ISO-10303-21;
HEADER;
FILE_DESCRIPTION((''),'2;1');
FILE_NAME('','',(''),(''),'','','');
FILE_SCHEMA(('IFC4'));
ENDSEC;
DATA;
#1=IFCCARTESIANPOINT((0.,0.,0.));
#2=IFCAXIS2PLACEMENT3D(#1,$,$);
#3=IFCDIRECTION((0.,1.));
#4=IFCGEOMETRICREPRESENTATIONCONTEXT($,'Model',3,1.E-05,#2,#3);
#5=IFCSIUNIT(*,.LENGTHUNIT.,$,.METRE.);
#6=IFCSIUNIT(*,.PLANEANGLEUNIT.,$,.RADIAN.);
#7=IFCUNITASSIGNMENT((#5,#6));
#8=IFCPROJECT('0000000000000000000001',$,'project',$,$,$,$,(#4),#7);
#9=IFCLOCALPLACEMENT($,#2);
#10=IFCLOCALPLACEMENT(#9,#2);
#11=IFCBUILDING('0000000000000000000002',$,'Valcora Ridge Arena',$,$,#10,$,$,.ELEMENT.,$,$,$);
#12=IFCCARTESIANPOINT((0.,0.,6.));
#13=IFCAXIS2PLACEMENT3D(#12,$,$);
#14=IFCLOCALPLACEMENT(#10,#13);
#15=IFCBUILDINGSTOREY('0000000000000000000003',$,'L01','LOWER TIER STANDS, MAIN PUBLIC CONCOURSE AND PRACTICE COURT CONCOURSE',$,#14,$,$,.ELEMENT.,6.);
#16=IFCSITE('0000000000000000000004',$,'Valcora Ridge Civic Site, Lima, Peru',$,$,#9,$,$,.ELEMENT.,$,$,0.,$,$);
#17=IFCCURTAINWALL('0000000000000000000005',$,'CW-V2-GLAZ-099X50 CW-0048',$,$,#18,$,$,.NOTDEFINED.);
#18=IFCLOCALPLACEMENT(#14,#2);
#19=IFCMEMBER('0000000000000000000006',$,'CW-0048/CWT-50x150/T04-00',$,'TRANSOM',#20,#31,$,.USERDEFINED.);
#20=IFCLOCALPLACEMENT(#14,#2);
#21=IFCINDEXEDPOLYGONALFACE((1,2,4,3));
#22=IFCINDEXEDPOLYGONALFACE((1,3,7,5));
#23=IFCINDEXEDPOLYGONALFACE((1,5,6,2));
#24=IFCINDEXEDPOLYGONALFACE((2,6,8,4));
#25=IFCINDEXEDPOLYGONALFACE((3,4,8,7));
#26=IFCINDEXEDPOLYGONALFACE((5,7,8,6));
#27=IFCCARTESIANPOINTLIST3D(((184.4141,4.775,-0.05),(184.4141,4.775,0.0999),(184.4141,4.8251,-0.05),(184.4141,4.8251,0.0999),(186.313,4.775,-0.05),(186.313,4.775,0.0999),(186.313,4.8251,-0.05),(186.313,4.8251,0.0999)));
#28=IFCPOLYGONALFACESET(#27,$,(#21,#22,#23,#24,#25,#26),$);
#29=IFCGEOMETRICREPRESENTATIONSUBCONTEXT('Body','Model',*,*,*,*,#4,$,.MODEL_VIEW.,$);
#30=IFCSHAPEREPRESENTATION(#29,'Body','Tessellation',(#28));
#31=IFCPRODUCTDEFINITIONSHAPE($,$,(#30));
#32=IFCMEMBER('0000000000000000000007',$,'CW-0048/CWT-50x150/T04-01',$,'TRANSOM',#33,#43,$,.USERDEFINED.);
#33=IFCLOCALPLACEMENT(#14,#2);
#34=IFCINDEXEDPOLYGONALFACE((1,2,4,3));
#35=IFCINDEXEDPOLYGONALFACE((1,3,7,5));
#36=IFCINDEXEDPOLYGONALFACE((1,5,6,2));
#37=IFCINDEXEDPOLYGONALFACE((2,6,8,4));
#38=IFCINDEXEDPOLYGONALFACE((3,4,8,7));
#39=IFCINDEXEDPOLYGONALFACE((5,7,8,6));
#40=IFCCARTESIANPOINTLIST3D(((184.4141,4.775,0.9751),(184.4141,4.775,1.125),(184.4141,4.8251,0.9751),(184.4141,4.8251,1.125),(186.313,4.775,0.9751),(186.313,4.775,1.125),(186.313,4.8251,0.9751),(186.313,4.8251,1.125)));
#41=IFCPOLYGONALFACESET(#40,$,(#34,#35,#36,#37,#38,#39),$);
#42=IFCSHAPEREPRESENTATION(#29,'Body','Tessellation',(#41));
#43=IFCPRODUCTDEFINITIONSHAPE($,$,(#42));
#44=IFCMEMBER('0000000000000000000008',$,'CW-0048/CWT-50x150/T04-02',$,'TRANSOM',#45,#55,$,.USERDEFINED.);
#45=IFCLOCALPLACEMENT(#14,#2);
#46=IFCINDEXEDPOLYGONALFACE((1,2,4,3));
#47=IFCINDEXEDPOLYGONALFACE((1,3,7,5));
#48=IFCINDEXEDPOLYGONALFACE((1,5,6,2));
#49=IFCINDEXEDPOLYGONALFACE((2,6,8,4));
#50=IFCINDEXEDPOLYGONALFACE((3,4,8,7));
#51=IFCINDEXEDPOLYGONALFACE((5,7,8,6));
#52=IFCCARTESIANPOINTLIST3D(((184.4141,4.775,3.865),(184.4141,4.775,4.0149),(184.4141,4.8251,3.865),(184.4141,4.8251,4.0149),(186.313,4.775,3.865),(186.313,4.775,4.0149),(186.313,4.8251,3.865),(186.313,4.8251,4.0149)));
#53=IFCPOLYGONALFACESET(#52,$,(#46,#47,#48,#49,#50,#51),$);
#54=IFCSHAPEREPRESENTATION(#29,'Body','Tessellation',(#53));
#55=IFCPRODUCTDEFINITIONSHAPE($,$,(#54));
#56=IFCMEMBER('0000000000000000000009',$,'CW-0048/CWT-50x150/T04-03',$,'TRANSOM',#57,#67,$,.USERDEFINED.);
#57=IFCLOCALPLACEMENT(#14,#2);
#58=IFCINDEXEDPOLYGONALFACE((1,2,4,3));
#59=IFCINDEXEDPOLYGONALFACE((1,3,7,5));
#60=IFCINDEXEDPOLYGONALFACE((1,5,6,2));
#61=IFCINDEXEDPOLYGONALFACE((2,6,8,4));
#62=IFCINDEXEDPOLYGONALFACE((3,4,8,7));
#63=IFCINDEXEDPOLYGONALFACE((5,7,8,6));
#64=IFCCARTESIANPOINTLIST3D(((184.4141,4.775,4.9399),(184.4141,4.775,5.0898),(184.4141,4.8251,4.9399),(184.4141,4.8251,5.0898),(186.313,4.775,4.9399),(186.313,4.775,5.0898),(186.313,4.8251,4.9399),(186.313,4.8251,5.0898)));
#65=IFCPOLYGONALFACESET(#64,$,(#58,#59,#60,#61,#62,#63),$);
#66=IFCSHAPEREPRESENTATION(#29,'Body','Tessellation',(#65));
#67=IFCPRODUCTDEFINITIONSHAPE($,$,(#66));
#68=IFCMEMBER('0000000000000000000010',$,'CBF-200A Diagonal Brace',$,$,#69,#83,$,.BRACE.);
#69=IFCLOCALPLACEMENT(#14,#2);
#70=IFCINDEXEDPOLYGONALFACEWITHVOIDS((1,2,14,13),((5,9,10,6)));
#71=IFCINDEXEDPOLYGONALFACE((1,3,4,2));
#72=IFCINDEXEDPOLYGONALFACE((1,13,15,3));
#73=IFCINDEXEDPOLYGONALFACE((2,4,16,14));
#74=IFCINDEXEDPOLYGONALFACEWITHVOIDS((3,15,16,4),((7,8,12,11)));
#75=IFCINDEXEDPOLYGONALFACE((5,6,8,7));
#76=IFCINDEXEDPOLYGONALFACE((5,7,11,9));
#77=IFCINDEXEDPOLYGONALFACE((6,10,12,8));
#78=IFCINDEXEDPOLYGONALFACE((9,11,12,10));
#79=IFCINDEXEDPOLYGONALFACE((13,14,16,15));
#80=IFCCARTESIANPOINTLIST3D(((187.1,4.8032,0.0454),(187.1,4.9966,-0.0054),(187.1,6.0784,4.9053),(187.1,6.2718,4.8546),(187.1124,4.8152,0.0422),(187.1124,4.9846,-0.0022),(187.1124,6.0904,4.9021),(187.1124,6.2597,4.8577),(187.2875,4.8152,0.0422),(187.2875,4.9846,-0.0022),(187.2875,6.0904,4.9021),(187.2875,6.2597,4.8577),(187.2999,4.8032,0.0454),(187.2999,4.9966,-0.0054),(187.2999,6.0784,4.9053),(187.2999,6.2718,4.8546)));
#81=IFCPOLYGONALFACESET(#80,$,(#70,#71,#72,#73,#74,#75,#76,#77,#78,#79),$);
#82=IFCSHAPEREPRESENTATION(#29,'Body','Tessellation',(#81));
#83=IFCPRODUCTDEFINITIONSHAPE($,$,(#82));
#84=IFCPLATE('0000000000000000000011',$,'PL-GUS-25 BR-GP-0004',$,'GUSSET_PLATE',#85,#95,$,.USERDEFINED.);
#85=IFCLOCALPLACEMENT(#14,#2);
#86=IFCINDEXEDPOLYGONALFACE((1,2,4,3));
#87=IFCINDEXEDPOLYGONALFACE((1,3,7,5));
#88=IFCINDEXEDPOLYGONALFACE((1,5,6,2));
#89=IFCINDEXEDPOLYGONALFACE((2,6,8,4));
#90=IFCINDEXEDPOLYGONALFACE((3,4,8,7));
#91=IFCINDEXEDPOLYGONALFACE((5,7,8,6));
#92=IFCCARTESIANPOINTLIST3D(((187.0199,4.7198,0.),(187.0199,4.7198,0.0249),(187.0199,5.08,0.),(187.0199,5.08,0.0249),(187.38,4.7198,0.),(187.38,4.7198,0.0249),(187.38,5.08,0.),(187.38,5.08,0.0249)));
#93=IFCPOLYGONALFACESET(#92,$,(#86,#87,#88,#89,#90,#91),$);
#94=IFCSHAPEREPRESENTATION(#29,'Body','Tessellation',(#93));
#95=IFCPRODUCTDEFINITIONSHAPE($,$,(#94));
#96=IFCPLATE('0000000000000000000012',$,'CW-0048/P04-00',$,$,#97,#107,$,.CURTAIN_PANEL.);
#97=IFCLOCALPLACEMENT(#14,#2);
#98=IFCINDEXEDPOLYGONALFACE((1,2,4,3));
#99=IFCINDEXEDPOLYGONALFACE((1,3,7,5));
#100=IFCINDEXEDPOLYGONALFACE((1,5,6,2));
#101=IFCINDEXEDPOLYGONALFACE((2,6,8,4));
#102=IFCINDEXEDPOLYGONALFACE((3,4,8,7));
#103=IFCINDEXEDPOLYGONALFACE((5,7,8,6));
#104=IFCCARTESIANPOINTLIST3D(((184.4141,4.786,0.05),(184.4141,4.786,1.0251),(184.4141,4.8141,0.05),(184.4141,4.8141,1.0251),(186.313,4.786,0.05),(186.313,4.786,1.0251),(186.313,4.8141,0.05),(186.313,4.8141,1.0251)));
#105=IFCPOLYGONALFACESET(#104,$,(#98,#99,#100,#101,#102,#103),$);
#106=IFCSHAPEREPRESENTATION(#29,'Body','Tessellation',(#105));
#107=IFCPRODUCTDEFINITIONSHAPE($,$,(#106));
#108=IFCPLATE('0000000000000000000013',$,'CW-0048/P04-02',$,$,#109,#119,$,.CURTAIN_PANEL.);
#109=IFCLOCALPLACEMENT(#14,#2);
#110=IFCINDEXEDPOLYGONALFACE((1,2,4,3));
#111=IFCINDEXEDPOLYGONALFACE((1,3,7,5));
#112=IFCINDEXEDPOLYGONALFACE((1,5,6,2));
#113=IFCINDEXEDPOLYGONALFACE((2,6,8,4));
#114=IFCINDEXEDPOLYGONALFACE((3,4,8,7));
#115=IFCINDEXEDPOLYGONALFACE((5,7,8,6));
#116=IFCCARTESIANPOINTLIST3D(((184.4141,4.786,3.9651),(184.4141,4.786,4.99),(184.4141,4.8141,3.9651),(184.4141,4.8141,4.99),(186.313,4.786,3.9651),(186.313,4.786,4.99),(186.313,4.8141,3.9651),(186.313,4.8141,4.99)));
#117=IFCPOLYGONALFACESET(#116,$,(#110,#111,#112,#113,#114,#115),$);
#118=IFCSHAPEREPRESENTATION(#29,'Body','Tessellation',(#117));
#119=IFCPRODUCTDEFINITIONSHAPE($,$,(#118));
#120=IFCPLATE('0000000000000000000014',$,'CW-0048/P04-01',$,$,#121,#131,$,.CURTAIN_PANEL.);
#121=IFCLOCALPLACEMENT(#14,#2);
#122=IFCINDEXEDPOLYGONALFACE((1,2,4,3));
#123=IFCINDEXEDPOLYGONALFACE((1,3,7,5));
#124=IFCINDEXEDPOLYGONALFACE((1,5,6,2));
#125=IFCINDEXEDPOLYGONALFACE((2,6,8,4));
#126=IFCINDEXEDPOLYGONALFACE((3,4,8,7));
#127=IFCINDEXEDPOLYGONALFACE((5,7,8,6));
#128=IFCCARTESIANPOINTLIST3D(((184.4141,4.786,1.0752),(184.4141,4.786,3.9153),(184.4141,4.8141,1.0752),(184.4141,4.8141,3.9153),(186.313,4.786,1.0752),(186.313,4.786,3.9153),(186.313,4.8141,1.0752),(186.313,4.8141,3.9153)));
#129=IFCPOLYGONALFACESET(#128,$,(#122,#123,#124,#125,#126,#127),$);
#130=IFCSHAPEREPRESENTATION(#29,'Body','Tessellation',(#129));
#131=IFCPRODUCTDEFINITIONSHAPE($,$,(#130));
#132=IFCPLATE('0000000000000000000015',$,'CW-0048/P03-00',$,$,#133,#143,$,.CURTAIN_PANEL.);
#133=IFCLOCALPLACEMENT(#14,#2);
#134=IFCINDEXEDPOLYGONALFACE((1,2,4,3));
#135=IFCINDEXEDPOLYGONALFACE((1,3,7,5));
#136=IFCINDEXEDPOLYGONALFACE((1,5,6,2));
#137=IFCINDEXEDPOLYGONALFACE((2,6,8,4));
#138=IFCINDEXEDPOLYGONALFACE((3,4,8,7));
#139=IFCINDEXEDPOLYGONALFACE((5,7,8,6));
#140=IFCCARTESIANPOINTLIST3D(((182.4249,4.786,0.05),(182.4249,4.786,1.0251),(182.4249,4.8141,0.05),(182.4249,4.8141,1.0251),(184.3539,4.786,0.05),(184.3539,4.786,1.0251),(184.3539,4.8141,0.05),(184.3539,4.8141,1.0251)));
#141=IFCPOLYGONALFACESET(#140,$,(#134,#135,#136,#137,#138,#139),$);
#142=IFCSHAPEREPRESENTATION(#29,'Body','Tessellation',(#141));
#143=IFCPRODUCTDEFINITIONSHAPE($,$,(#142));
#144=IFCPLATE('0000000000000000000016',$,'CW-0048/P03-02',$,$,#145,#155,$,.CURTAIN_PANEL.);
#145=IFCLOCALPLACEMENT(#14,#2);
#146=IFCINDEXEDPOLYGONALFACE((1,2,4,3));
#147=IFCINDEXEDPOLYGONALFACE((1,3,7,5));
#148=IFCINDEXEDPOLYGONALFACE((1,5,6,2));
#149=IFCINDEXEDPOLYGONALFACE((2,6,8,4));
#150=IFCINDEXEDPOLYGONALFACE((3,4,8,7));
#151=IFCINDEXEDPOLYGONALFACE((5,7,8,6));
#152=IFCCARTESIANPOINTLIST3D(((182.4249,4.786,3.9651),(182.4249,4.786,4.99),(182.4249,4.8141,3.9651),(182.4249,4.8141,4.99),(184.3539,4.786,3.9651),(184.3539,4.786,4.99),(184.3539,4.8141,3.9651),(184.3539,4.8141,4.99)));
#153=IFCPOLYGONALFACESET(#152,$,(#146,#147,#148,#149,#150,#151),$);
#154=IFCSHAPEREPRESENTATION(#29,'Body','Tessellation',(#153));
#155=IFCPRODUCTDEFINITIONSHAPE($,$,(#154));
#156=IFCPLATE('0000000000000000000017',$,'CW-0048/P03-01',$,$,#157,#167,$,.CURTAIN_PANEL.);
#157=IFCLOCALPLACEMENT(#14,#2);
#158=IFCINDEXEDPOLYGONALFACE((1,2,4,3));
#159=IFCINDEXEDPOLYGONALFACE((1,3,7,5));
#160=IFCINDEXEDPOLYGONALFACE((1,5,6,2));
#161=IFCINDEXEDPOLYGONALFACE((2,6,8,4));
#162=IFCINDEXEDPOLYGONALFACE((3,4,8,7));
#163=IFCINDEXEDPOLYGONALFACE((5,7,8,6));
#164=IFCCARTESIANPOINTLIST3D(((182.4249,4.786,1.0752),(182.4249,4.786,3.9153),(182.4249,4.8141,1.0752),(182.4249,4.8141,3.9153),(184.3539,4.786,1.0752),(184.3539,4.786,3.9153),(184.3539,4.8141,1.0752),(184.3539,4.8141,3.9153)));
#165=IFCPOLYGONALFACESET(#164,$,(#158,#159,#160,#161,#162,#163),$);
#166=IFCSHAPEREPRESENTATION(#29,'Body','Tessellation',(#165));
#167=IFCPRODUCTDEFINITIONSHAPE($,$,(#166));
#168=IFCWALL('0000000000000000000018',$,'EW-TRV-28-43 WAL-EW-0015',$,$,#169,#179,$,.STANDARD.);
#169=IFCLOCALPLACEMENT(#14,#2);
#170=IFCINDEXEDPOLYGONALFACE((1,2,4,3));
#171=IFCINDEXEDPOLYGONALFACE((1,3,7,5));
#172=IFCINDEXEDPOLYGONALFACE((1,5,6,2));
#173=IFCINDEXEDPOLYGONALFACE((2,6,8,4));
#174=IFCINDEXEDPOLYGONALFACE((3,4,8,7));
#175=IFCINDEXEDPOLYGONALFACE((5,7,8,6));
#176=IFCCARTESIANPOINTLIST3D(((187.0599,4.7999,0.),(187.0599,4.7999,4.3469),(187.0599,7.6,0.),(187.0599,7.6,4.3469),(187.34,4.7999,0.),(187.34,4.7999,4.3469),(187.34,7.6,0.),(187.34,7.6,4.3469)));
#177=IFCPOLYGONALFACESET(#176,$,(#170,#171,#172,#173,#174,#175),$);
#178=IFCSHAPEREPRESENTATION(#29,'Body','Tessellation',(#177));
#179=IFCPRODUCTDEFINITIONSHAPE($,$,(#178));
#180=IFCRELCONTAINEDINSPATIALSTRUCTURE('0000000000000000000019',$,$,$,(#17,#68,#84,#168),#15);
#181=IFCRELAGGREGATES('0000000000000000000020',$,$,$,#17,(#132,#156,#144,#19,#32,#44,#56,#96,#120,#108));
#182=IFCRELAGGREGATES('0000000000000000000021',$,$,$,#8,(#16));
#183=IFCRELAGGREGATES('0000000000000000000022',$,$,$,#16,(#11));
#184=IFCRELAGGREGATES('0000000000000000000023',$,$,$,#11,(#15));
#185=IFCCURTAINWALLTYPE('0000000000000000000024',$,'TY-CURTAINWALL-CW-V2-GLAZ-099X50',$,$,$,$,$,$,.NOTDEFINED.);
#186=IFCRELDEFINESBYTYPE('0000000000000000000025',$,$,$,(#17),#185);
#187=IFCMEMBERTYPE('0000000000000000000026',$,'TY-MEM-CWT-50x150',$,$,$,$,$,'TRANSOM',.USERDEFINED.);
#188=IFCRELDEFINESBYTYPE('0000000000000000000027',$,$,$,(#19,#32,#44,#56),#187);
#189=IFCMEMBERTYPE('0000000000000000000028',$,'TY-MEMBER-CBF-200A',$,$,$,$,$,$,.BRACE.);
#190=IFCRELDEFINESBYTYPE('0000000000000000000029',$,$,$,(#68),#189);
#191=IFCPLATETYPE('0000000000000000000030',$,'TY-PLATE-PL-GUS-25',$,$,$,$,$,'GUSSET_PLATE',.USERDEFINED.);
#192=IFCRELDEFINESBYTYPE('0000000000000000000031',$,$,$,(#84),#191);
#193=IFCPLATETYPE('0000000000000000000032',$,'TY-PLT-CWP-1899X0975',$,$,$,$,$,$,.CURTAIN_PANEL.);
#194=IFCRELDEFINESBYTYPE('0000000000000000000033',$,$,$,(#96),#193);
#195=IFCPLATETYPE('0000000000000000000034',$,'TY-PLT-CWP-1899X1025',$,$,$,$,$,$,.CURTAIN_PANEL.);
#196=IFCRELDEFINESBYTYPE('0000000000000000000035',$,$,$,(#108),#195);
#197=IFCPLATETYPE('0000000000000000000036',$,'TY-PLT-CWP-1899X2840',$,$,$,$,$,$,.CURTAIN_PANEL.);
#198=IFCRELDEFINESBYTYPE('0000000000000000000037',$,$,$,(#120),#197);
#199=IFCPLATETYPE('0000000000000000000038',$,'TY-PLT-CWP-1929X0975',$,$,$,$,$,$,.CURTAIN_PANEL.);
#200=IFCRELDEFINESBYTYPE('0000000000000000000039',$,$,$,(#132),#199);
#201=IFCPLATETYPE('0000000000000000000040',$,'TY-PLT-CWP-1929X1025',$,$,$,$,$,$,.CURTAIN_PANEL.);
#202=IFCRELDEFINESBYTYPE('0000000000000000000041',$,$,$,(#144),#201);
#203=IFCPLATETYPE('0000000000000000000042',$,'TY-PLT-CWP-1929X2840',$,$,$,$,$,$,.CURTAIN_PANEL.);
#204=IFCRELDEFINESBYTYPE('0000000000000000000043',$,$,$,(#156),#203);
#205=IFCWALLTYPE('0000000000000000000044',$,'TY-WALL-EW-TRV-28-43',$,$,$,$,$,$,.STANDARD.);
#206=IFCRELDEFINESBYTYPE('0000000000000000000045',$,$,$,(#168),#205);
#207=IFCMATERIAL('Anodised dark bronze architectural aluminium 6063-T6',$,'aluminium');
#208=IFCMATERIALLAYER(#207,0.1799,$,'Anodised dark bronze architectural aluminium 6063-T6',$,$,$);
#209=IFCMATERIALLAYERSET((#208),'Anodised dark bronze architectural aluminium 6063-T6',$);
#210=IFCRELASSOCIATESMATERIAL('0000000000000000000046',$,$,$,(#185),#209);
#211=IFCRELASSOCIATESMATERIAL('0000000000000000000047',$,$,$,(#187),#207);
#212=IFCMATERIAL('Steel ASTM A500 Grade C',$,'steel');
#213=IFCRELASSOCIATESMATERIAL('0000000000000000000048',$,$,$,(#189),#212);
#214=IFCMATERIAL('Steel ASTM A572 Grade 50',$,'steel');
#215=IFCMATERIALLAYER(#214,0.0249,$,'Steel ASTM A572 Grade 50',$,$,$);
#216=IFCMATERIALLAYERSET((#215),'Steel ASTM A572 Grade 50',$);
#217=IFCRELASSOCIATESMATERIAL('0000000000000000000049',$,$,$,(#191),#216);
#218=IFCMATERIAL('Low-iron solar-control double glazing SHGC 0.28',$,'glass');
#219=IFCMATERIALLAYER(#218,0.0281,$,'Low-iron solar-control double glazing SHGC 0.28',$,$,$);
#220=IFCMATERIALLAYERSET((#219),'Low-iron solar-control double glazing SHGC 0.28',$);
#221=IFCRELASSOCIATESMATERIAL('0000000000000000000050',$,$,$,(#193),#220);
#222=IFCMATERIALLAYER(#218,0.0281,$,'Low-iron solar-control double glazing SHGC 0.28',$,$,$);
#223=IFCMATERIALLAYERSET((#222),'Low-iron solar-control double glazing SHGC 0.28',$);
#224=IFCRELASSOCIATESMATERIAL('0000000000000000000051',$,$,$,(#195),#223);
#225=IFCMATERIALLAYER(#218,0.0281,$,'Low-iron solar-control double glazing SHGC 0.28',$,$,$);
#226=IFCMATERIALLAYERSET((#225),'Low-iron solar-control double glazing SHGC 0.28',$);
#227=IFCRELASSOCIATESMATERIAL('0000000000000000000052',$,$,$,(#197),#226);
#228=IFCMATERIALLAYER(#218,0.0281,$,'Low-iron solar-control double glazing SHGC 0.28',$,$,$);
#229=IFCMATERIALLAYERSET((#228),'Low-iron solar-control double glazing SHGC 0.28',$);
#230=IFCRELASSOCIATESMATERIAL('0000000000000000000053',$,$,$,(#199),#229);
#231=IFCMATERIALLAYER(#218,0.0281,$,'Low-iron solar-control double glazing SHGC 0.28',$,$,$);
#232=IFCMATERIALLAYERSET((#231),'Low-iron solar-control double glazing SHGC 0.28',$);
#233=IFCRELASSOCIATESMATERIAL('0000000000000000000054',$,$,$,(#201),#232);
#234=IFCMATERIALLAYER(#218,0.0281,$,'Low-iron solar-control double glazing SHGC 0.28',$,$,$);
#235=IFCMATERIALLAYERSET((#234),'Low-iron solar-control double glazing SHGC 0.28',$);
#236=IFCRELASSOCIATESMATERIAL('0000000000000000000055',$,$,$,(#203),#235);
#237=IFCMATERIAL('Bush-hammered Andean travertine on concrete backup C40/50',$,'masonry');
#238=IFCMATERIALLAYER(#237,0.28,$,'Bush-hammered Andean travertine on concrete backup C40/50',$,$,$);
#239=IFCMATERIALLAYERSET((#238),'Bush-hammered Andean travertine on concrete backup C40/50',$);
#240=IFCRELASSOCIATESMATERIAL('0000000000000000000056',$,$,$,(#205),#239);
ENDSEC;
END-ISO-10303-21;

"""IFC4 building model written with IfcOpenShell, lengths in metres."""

from ifc_helpers import new_model, si_unit, direction, frame, frame_2d, origin, origin_2d, place, context, subcontext, project, spatial, rectangle, hollow_rectangle, extrude, material, layer, layer_set, material_profile, profile_set, type_object, element, aggregate, save


model = new_model("IFC4")

# Units and contexts
model_context = context("Model", 3, precision=1e-05, world=origin(), true_north=direction((0.0, 1.0)))
body_context = subcontext(model_context, "Body", "Model", "MODEL_VIEW")
ifc_project = project(units=[si_unit("LENGTHUNIT", "METRE"), si_unit("PLANEANGLEUNIT", "RADIAN")], contexts=[model_context])

# Site, building, storey
site_placement = place(None, origin())
site = spatial("IfcSite", under=ifc_project, at=site_placement, Name="Valcora Ridge Civic Site, Lima, Peru", CompositionType="ELEMENT", RefElevation=0.0)
building_placement = place(site_placement, origin())
building = spatial("IfcBuilding", under=site, at=building_placement, Name="Valcora Ridge Arena", CompositionType="ELEMENT")
storey_placement = place(building_placement, frame((0.0, 0.0, 6.0)))
storey = spatial("IfcBuildingStorey", under=building, at=storey_placement, Name="L01", Description="LOWER TIER STANDS, MAIN PUBLIC CONCOURSE AND PRACTICE COURT CONCOURSE", CompositionType="ELEMENT", Elevation=6.0)

# Shared definitions
ifc_material_1 = material(Name="Steel ASTM A500 Grade C", Category="steel")
ifc_material_2 = material(Name="Steel ASTM A572 Grade 50", Category="steel")

# Curtain wall, members
ifc_material_3 = material(Name="Anodised dark bronze architectural aluminium 6063-T6", Category="aluminium")
ifc_layer_1 = layer(ifc_material_3, 0.1799, Name="Anodised dark bronze architectural aluminium 6063-T6")
ifc_layer_set_1 = layer_set([ifc_layer_1], Name="Anodised dark bronze architectural aluminium 6063-T6")
curtain_wall_type = type_object("IfcCurtainWallType", Name="TY-CURTAINWALL-CW-V2-GLAZ-099X50", PredefinedType="NOTDEFINED", material=ifc_layer_set_1)
curtain_wall_placement = place(storey_placement, origin())
curtain_wall = element("IfcCurtainWall", 1, at=curtain_wall_placement, inside=storey, type_object=curtain_wall_type, Name="CW-V2-GLAZ-099X50 CW-0048", PredefinedType="NOTDEFINED")
ifc_material_profile_1 = material_profile(ifc_material_3, rectangle(XDim=0.05, YDim=0.1499, at=origin_2d()), Name="ALU TRANSOM 50x150")
ifc_profile_set_1 = profile_set([ifc_material_profile_1], Name="Anodised dark bronze architectural aluminium 6063-T6")
member_type_1 = type_object("IfcMemberType", Name="TY-MEM-CWT-50x150", ElementType="TRANSOM", PredefinedType="USERDEFINED", material=ifc_profile_set_1)
member_1_placement = place(storey_placement, frame((184.4141, 4.8, 0.0249), z_axis=(1.0, 0.0, 0.0), x_axis=(0.0, 1.0, 0.0)))
member_1 = element("IfcMember", 2, at=member_1_placement, type_object=member_type_1, Name="CW-0048/CWT-50x150/T04-00", ObjectType="TRANSOM", PredefinedType="USERDEFINED", context=body_context, shape_type="SweptSolid", body=[
    extrude(rectangle(XDim=0.05, YDim=0.1499, at=origin_2d()), origin(), (0.0, 0.0, 1.0), 1.8989),
])
member_2_placement = place(storey_placement, frame((184.4141, 4.8, 1.05), z_axis=(1.0, 0.0, 0.0), x_axis=(0.0, 1.0, 0.0)))
member_2 = element("IfcMember", 3, at=member_2_placement, type_object=member_type_1, Name="CW-0048/CWT-50x150/T04-01", ObjectType="TRANSOM", PredefinedType="USERDEFINED", context=body_context, shape_type="SweptSolid", body=[
    extrude(rectangle(XDim=0.05, YDim=0.1499, at=origin_2d()), origin(), (0.0, 0.0, 1.0), 1.8989),
])
member_3_placement = place(storey_placement, frame((184.4141, 4.8, 3.9399), z_axis=(1.0, 0.0, 0.0), x_axis=(0.0, 1.0, 0.0)))
member_3 = element("IfcMember", 4, at=member_3_placement, type_object=member_type_1, Name="CW-0048/CWT-50x150/T04-02", ObjectType="TRANSOM", PredefinedType="USERDEFINED", context=body_context, shape_type="SweptSolid", body=[
    extrude(rectangle(XDim=0.05, YDim=0.1499, at=origin_2d()), origin(), (0.0, 0.0, 1.0), 1.8989),
])
member_4_placement = place(storey_placement, frame((184.4141, 4.8, 5.0149), z_axis=(1.0, 0.0, 0.0), x_axis=(0.0, 1.0, 0.0)))
member_4 = element("IfcMember", 5, at=member_4_placement, type_object=member_type_1, Name="CW-0048/CWT-50x150/T04-03", ObjectType="TRANSOM", PredefinedType="USERDEFINED", context=body_context, shape_type="SweptSolid", body=[
    extrude(rectangle(XDim=0.05, YDim=0.1499, at=origin_2d()), origin(), (0.0, 0.0, 1.0), 1.8989),
])

# Member
ifc_material_profile_2 = material_profile(ifc_material_1, hollow_rectangle(XDim=0.2, YDim=0.2, WallThickness=0.0125, at=origin_2d()), Name="HSS200X200X12")
ifc_profile_set_2 = profile_set([ifc_material_profile_2], Name="Steel ASTM A500 Grade C")
member_type_2 = type_object("IfcMemberType", Name="TY-MEMBER-CBF-200A", PredefinedType="BRACE", material=ifc_profile_set_2)
member_5_placement = place(storey_placement, frame((187.2, 4.8999, 0.02), z_axis=(0.0, 0.253792, 0.967259), x_axis=(-1.0, 0.0, 0.0)))
element("IfcMember", 6, at=member_5_placement, inside=storey, type_object=member_type_2, Name="CBF-200A Diagonal Brace", PredefinedType="BRACE", context=body_context, shape_type="SweptSolid", body=[
    extrude(hollow_rectangle(XDim=0.2, YDim=0.2, WallThickness=0.0125, at=origin_2d()), origin(), (0.0, 0.0, 1.0), 5.0244),
])

# Plates
ifc_layer_2 = layer(ifc_material_2, 0.0249, Name="Steel ASTM A572 Grade 50")
ifc_layer_set_2 = layer_set([ifc_layer_2], Name="Steel ASTM A572 Grade 50")
plate_type_1 = type_object("IfcPlateType", Name="TY-PLATE-PL-GUS-25", ElementType="GUSSET_PLATE", PredefinedType="USERDEFINED", material=ifc_layer_set_2)
plate_1_placement = place(storey_placement, frame((187.2, 4.8999, 0.0), z_axis=(0.0, 0.0, 1.0), x_axis=(1.0, 0.0, 0.0)))
element("IfcPlate", 7, at=plate_1_placement, inside=storey, type_object=plate_type_1, Name="PL-GUS-25 BR-GP-0004", ObjectType="GUSSET_PLATE", PredefinedType="USERDEFINED", context=body_context, shape_type="SweptSolid", body=[
    extrude(rectangle(XDim=0.3601, YDim=0.3601, at=origin_2d()), origin(), (0.0, 0.0, 1.0), 0.0249),
])
ifc_material_4 = material(Name="Low-iron solar-control double glazing SHGC 0.28", Category="glass")
ifc_layer_3 = layer(ifc_material_4, 0.0281, Name="Low-iron solar-control double glazing SHGC 0.28")
ifc_layer_set_3 = layer_set([ifc_layer_3], Name="Low-iron solar-control double glazing SHGC 0.28")
plate_type_2 = type_object("IfcPlateType", Name="TY-PLT-CWP-1899X0975", PredefinedType="CURTAIN_PANEL", material=ifc_layer_set_3)
plate_2_placement = place(storey_placement, frame((185.3635, 4.8, 0.05), z_axis=(0.0, 0.0, 1.0), x_axis=(1.0, 0.0, 0.0)))
plate_2 = element("IfcPlate", 8, at=plate_2_placement, type_object=plate_type_2, Name="CW-0048/P04-00", PredefinedType="CURTAIN_PANEL", context=body_context, shape_type="SweptSolid", body=[
    extrude(rectangle(XDim=1.8989, YDim=0.0281, at=origin_2d()), origin(), (0.0, 0.0, 1.0), 0.9751),
])
ifc_layer_4 = layer(ifc_material_4, 0.0281, Name="Low-iron solar-control double glazing SHGC 0.28")
ifc_layer_set_4 = layer_set([ifc_layer_4], Name="Low-iron solar-control double glazing SHGC 0.28")
plate_type_3 = type_object("IfcPlateType", Name="TY-PLT-CWP-1899X1025", PredefinedType="CURTAIN_PANEL", material=ifc_layer_set_4)
plate_3_placement = place(storey_placement, frame((185.3635, 4.8, 3.9651), z_axis=(0.0, 0.0, 1.0), x_axis=(1.0, 0.0, 0.0)))
plate_3 = element("IfcPlate", 9, at=plate_3_placement, type_object=plate_type_3, Name="CW-0048/P04-02", PredefinedType="CURTAIN_PANEL", context=body_context, shape_type="SweptSolid", body=[
    extrude(rectangle(XDim=1.8989, YDim=0.0281, at=origin_2d()), origin(), (0.0, 0.0, 1.0), 1.0249),
])
ifc_layer_5 = layer(ifc_material_4, 0.0281, Name="Low-iron solar-control double glazing SHGC 0.28")
ifc_layer_set_5 = layer_set([ifc_layer_5], Name="Low-iron solar-control double glazing SHGC 0.28")
plate_type_4 = type_object("IfcPlateType", Name="TY-PLT-CWP-1899X2840", PredefinedType="CURTAIN_PANEL", material=ifc_layer_set_5)
plate_4_placement = place(storey_placement, frame((185.3635, 4.8, 1.0752), z_axis=(0.0, 0.0, 1.0), x_axis=(1.0, 0.0, 0.0)))
plate_4 = element("IfcPlate", 10, at=plate_4_placement, type_object=plate_type_4, Name="CW-0048/P04-01", PredefinedType="CURTAIN_PANEL", context=body_context, shape_type="SweptSolid", body=[
    extrude(rectangle(XDim=1.8989, YDim=0.0281, at=origin_2d()), origin(), (0.0, 0.0, 1.0), 2.8401),
])
ifc_layer_6 = layer(ifc_material_4, 0.0281, Name="Low-iron solar-control double glazing SHGC 0.28")
ifc_layer_set_6 = layer_set([ifc_layer_6], Name="Low-iron solar-control double glazing SHGC 0.28")
plate_type_5 = type_object("IfcPlateType", Name="TY-PLT-CWP-1929X0975", PredefinedType="CURTAIN_PANEL", material=ifc_layer_set_6)
plate_5_placement = place(storey_placement, frame((183.3894, 4.8, 0.05), z_axis=(0.0, 0.0, 1.0), x_axis=(1.0, 0.0, 0.0)))
plate_5 = element("IfcPlate", 11, at=plate_5_placement, type_object=plate_type_5, Name="CW-0048/P03-00", PredefinedType="CURTAIN_PANEL", context=body_context, shape_type="SweptSolid", body=[
    extrude(rectangle(XDim=1.929, YDim=0.0281, at=origin_2d()), origin(), (0.0, 0.0, 1.0), 0.9751),
])
ifc_layer_7 = layer(ifc_material_4, 0.0281, Name="Low-iron solar-control double glazing SHGC 0.28")
ifc_layer_set_7 = layer_set([ifc_layer_7], Name="Low-iron solar-control double glazing SHGC 0.28")
plate_type_6 = type_object("IfcPlateType", Name="TY-PLT-CWP-1929X1025", PredefinedType="CURTAIN_PANEL", material=ifc_layer_set_7)
plate_6_placement = place(storey_placement, frame((183.3894, 4.8, 3.9651), z_axis=(0.0, 0.0, 1.0), x_axis=(1.0, 0.0, 0.0)))
plate_6 = element("IfcPlate", 12, at=plate_6_placement, type_object=plate_type_6, Name="CW-0048/P03-02", PredefinedType="CURTAIN_PANEL", context=body_context, shape_type="SweptSolid", body=[
    extrude(rectangle(XDim=1.929, YDim=0.0281, at=origin_2d()), origin(), (0.0, 0.0, 1.0), 1.0249),
])
ifc_layer_8 = layer(ifc_material_4, 0.0281, Name="Low-iron solar-control double glazing SHGC 0.28")
ifc_layer_set_8 = layer_set([ifc_layer_8], Name="Low-iron solar-control double glazing SHGC 0.28")
plate_type_7 = type_object("IfcPlateType", Name="TY-PLT-CWP-1929X2840", PredefinedType="CURTAIN_PANEL", material=ifc_layer_set_8)
plate_7_placement = place(storey_placement, frame((183.3894, 4.8, 1.0752), z_axis=(0.0, 0.0, 1.0), x_axis=(1.0, 0.0, 0.0)))
plate_7 = element("IfcPlate", 13, at=plate_7_placement, type_object=plate_type_7, Name="CW-0048/P03-01", PredefinedType="CURTAIN_PANEL", context=body_context, shape_type="SweptSolid", body=[
    extrude(rectangle(XDim=1.929, YDim=0.0281, at=origin_2d()), origin(), (0.0, 0.0, 1.0), 2.8401),
])
aggregate(curtain_wall, [plate_5, plate_7, plate_6, member_1, member_2, member_3, member_4, plate_2, plate_4, plate_3])

# Wall
ifc_material_5 = material(Name="Bush-hammered Andean travertine on concrete backup C40/50", Category="masonry")
ifc_layer_9 = layer(ifc_material_5, 0.28, Name="Bush-hammered Andean travertine on concrete backup C40/50")
ifc_layer_set_9 = layer_set([ifc_layer_9], Name="Bush-hammered Andean travertine on concrete backup C40/50")
wall_type = type_object("IfcWallType", Name="TY-WALL-EW-TRV-28-43", PredefinedType="STANDARD", material=ifc_layer_set_9)
wall_placement = place(storey_placement, frame((187.2, 4.8, 0.0), z_axis=(0.0, 0.0, 1.0), x_axis=(0.0, 1.0, 0.0)))
element("IfcWall", 14, at=wall_placement, inside=storey, type_object=wall_type, Name="EW-TRV-28-43 WAL-EW-0015", PredefinedType="STANDARD", context=body_context, shape_type="SweptSolid", body=[
    extrude(rectangle(XDim=2.8, YDim=0.28, at=frame_2d((1.3999, 0.0))), origin(), (0.0, 0.0, 1.0), 4.3469),
])

save(model, "model.ifc")
